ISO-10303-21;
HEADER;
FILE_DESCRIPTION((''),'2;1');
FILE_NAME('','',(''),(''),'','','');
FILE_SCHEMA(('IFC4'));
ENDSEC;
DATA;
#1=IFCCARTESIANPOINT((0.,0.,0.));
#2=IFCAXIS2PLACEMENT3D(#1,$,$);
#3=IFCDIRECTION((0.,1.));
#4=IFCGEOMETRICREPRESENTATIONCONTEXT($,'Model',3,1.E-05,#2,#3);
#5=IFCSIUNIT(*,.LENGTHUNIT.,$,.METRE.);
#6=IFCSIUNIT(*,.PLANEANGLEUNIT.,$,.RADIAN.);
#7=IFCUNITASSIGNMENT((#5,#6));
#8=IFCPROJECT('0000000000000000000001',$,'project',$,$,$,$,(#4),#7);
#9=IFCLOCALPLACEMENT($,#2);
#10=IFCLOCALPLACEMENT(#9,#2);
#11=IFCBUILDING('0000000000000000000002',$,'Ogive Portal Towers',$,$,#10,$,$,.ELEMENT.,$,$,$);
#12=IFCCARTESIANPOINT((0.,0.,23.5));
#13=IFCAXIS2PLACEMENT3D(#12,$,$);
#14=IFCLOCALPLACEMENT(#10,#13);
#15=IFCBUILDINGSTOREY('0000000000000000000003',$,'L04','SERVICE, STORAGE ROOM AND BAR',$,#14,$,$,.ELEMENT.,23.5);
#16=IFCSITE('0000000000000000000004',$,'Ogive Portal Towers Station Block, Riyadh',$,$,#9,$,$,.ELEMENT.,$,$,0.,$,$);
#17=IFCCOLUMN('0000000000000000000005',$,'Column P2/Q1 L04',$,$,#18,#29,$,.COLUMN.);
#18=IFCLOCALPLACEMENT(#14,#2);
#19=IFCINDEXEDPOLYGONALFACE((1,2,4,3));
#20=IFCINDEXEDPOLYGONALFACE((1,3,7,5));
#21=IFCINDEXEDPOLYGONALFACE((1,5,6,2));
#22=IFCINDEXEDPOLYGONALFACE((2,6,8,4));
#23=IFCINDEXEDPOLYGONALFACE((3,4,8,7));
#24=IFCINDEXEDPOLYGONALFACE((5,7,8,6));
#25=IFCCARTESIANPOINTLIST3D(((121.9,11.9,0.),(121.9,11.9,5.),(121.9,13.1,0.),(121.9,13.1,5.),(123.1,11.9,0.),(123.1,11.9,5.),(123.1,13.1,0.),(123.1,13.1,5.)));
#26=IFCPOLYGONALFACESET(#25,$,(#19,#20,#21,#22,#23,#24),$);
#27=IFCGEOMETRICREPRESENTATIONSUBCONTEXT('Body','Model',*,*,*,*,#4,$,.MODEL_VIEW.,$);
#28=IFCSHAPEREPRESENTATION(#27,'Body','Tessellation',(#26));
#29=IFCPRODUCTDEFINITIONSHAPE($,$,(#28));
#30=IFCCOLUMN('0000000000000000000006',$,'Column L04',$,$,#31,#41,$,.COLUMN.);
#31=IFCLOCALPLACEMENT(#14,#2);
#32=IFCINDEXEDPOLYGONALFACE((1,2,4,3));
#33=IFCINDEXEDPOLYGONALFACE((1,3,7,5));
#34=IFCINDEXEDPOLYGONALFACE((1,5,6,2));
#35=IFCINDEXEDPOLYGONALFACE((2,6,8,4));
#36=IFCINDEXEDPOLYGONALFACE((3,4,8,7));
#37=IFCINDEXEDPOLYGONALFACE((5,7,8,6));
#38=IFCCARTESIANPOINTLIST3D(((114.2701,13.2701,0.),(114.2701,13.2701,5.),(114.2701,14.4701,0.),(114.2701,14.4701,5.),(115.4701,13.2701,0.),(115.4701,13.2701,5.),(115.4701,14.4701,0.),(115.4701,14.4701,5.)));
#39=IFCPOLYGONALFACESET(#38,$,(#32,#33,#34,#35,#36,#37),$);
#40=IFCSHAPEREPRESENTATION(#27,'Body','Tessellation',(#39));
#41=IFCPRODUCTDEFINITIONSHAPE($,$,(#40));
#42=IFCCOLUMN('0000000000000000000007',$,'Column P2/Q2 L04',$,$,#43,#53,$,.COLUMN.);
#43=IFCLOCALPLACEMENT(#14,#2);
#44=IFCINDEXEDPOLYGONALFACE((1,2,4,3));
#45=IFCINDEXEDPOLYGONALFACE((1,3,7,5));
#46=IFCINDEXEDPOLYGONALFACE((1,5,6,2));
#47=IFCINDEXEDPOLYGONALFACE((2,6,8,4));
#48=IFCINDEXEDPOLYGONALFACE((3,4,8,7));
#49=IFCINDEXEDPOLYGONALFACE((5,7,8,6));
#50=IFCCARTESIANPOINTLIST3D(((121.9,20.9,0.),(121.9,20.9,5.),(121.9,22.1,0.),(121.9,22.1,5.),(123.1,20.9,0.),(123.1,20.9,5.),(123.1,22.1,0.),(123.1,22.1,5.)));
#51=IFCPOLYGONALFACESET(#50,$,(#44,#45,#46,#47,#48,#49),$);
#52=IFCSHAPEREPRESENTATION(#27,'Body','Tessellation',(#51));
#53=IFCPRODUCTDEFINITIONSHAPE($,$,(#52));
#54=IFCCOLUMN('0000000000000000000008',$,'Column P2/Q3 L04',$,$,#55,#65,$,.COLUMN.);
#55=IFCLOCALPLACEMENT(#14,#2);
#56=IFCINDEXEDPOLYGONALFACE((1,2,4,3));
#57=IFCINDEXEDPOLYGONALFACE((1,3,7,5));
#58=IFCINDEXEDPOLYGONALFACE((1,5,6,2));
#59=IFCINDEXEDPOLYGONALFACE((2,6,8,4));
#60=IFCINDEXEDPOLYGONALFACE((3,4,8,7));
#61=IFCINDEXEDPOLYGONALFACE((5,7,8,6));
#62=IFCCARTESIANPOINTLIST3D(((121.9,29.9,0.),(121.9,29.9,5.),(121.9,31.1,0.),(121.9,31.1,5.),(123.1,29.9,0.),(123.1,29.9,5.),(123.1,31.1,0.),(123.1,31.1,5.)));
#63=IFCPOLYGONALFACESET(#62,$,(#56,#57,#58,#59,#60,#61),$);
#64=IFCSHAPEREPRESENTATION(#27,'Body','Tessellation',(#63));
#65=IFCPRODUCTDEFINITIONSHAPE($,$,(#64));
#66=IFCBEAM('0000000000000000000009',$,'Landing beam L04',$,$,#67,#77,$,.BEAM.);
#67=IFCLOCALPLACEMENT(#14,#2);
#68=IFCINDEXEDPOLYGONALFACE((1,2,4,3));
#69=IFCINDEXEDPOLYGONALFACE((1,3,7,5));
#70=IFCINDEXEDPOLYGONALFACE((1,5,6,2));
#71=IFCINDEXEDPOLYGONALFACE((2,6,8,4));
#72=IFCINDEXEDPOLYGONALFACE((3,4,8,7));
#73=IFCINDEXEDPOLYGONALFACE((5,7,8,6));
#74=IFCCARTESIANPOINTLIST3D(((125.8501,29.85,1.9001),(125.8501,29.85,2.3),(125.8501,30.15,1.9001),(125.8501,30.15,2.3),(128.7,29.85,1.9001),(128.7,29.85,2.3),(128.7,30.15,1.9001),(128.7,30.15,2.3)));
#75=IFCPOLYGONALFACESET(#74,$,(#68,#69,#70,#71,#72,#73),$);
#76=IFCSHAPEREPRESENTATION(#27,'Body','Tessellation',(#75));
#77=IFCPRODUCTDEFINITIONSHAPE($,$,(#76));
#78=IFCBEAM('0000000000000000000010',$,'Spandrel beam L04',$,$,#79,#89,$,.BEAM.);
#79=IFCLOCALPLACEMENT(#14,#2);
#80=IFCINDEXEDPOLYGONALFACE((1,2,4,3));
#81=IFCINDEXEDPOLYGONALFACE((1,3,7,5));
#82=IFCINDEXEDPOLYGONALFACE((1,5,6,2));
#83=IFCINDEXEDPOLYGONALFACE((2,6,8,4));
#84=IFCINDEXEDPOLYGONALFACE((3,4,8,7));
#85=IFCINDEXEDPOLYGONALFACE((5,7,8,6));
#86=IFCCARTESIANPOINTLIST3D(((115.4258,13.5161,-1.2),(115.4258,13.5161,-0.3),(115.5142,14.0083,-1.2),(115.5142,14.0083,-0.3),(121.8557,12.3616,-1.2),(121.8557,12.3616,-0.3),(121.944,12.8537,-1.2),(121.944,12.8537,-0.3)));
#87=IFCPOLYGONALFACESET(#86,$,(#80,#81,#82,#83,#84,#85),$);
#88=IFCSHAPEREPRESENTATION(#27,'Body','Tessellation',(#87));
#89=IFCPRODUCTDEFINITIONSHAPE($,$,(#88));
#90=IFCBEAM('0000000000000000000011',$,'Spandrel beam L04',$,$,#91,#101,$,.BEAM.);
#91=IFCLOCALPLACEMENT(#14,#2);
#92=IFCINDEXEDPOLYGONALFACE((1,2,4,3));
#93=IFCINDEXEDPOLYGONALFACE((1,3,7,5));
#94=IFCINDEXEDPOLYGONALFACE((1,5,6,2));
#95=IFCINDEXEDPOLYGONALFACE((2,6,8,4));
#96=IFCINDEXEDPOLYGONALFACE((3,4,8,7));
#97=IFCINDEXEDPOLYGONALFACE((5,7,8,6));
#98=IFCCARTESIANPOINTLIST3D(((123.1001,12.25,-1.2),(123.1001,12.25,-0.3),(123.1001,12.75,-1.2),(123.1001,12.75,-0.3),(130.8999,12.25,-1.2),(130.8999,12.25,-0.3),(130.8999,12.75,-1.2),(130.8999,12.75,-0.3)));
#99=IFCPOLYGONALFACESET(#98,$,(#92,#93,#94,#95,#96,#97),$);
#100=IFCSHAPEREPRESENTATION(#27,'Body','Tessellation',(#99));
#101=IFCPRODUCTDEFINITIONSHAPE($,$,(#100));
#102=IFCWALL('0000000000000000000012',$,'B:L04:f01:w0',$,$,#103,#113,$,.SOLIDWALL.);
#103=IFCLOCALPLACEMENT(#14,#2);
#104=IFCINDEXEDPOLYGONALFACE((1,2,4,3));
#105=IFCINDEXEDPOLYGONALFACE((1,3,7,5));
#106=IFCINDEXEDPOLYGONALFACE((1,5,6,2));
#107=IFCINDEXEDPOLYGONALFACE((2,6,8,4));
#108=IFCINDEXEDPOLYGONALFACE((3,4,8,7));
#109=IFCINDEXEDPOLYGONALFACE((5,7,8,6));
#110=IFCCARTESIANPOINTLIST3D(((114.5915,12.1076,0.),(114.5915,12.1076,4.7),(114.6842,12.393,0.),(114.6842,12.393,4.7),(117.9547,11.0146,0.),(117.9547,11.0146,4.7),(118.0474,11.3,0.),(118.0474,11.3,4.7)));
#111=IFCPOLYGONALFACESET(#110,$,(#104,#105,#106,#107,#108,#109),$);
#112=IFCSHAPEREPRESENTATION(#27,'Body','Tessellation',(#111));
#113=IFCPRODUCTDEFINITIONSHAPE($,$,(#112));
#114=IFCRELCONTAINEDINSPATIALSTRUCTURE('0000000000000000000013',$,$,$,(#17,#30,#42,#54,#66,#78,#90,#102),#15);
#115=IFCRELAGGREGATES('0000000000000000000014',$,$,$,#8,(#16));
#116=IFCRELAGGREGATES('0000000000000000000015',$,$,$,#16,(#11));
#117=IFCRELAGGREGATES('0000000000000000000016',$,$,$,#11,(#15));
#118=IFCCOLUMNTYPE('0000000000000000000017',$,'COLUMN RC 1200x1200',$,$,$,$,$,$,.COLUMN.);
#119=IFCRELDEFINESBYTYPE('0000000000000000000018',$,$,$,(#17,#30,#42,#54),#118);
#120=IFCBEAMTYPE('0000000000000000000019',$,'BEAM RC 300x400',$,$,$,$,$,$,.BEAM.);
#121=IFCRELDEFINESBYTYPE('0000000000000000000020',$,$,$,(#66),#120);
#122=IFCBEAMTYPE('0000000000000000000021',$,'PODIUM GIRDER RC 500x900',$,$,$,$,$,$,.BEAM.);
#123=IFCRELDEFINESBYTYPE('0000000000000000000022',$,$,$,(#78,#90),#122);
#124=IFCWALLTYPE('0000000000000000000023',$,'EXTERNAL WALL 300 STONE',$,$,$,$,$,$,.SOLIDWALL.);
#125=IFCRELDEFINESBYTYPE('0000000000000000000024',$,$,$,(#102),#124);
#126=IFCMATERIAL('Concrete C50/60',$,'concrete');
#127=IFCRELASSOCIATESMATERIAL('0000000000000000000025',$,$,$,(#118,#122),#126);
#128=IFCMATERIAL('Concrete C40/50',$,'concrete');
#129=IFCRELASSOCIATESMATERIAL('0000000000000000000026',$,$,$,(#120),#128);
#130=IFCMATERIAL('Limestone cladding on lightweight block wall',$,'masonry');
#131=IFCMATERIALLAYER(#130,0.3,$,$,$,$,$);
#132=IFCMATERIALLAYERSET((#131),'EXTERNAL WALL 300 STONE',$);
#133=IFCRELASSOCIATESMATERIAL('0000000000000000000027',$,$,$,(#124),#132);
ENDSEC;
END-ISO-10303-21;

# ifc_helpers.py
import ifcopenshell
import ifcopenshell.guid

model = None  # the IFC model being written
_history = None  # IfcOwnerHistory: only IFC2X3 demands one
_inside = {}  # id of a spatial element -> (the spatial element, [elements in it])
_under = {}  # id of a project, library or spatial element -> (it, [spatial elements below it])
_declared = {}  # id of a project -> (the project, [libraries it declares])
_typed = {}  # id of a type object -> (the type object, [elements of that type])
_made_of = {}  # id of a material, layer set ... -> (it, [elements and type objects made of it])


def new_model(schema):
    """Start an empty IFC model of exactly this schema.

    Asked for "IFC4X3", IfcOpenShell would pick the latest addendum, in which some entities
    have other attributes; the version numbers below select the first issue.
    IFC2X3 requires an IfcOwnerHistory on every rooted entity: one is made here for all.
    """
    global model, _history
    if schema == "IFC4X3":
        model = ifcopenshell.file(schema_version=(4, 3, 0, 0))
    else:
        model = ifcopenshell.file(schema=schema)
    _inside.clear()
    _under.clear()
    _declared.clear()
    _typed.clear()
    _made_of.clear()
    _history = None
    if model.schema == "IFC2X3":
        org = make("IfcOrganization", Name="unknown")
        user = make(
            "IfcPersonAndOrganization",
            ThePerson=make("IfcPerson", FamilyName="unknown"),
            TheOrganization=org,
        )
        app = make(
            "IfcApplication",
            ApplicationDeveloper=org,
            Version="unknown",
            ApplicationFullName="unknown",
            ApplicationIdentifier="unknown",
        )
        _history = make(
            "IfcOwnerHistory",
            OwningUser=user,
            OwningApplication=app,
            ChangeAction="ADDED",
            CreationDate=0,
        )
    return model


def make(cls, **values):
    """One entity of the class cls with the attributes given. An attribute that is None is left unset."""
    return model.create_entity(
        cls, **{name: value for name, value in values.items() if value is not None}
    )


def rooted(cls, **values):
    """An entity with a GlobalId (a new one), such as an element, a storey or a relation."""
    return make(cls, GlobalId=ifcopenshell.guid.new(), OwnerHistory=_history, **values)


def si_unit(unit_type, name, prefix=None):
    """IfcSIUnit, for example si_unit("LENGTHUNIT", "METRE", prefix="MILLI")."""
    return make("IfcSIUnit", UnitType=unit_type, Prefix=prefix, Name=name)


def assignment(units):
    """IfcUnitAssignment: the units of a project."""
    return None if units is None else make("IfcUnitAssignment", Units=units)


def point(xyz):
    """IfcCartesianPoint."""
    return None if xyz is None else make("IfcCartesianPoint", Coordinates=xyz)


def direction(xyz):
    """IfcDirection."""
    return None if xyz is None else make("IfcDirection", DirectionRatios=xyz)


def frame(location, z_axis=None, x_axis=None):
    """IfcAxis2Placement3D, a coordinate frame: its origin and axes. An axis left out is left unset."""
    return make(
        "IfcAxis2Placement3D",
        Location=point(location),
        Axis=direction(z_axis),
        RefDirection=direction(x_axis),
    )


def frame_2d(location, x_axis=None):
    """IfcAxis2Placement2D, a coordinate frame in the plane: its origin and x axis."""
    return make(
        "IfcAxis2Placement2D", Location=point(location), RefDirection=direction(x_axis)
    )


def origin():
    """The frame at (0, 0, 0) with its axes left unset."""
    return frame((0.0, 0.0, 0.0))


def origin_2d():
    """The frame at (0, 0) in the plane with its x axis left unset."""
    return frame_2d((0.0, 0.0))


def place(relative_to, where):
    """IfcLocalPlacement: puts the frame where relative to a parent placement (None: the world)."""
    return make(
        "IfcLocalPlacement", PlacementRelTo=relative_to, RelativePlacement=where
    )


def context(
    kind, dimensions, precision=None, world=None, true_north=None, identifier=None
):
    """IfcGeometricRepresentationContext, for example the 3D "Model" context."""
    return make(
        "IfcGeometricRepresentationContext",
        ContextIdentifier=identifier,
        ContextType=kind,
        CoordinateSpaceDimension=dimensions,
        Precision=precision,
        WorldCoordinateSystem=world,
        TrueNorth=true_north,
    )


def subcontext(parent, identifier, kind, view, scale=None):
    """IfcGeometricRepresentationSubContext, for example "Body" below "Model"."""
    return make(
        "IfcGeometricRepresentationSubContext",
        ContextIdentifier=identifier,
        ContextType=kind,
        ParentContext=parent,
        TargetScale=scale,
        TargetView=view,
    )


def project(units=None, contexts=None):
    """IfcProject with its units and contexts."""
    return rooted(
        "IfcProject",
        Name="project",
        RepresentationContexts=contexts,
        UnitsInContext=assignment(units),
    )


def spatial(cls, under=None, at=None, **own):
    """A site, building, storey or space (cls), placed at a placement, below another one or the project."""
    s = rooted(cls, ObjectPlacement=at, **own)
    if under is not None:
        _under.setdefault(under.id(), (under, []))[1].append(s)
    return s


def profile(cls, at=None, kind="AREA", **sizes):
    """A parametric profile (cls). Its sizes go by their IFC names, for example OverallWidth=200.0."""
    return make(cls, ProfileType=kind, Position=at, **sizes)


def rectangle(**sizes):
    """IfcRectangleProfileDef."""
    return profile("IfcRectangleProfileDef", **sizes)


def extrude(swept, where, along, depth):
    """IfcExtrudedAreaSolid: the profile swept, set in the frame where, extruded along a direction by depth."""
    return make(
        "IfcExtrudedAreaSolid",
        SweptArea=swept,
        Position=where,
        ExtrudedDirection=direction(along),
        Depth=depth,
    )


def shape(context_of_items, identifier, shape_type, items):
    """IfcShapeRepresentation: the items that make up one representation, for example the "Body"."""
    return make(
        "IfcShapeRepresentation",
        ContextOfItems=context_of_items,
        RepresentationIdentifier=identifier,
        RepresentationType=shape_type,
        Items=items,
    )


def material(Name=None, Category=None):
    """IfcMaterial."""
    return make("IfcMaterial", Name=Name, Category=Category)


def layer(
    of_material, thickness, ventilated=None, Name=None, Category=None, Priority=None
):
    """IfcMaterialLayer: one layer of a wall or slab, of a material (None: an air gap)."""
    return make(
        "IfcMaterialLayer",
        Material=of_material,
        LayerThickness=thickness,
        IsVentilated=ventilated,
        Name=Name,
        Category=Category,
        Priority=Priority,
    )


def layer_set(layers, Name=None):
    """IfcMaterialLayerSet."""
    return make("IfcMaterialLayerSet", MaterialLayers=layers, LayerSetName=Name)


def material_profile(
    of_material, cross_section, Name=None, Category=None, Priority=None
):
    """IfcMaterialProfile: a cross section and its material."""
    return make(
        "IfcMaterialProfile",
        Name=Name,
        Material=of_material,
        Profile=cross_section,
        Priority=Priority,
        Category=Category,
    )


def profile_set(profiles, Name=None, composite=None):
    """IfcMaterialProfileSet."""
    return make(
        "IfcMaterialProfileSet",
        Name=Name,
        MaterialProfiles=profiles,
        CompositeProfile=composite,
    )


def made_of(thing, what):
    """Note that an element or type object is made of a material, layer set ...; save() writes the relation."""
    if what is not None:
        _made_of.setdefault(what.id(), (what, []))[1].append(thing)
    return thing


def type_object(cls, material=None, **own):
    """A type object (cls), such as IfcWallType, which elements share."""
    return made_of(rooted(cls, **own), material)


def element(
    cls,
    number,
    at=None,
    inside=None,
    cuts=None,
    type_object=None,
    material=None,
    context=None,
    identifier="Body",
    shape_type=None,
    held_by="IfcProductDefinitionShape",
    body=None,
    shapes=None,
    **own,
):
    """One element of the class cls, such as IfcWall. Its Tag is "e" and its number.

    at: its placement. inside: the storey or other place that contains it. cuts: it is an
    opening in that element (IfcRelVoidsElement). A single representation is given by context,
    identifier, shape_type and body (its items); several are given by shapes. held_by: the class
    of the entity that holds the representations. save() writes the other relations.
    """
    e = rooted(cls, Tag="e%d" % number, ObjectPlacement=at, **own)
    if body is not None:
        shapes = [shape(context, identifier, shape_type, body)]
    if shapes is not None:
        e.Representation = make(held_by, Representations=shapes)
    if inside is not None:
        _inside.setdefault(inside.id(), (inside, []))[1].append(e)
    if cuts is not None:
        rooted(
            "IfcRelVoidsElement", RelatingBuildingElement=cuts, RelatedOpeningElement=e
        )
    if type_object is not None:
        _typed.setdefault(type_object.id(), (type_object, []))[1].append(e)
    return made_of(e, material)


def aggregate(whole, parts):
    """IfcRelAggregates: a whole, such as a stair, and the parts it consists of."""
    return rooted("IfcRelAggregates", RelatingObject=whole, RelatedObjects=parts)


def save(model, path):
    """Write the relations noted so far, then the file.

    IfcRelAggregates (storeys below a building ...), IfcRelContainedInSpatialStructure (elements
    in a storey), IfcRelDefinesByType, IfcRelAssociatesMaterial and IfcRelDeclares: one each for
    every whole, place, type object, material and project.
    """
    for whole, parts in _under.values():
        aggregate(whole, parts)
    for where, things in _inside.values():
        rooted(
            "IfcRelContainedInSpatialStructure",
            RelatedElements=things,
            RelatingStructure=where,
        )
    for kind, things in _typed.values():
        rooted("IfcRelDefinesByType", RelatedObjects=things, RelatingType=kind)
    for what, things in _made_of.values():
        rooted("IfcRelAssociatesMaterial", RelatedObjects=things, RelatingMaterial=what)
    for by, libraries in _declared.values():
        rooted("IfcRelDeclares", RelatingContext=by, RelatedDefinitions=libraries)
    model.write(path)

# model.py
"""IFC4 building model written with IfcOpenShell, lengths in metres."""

from ifc_helpers import new_model, si_unit, direction, frame, frame_2d, origin, origin_2d, place, context, subcontext, project, spatial, rectangle, extrude, material, layer, layer_set, material_profile, profile_set, type_object, element, save


model = new_model("IFC4")

# Units and contexts
model_context = context("Model", 3, precision=1e-05, world=origin(), true_north=direction((0.0, 1.0)))
body_context = subcontext(model_context, "Body", "Model", "MODEL_VIEW")
ifc_project = project(units=[si_unit("LENGTHUNIT", "METRE"), si_unit("PLANEANGLEUNIT", "RADIAN")], contexts=[model_context])

# Site, building, storey
site_placement = place(None, origin())
site = spatial("IfcSite", under=ifc_project, at=site_placement, Name="Ogive Portal Towers Station Block, Riyadh", CompositionType="ELEMENT", RefElevation=0.0)
building_placement = place(site_placement, origin())
building = spatial("IfcBuilding", under=site, at=building_placement, Name="Ogive Portal Towers", CompositionType="ELEMENT")
storey_placement = place(building_placement, frame((0.0, 0.0, 23.5)))
storey = spatial("IfcBuildingStorey", under=building, at=storey_placement, Name="L04", Description="SERVICE, STORAGE ROOM AND BAR", CompositionType="ELEMENT", Elevation=23.5)

# Columns
ifc_material_1 = material(Name="Concrete C50/60", Category="concrete")
ifc_material_profile_1 = material_profile(ifc_material_1, rectangle(XDim=1.2, YDim=1.2, at=origin_2d()), Name="RC 1200x1200")
ifc_profile_set_1 = profile_set([ifc_material_profile_1], Name="Concrete C50/60")
column_type = type_object("IfcColumnType", Name="COLUMN RC 1200x1200", PredefinedType="COLUMN", material=ifc_profile_set_1)
for number, where, z_axis, x_axis, name in (
    (1, (122.5, 12.5, 0.0), (0.0, 0.0, 1.0), (1.0, 0.0, 0.0), "Column P2/Q1 L04"),
    (2, (114.8701, 13.8701, 0.0), (0.0, 0.0, 1.0), (1.0, 0.0, 0.0), "Column L04"),
    (3, (122.5, 21.5, 0.0), (0.0, 0.0, 1.0), (1.0, 0.0, 0.0), "Column P2/Q2 L04"),
    (4, (122.5, 30.5, 0.0), (0.0, 0.0, 1.0), (1.0, 0.0, 0.0), "Column P2/Q3 L04"),
):
    element("IfcColumn", number, at=place(storey_placement, frame(where, z_axis=z_axis, x_axis=x_axis)), inside=storey, type_object=column_type, Name=name, PredefinedType="COLUMN", context=body_context, shape_type="SweptSolid", body=[
        extrude(rectangle(XDim=1.2, YDim=1.2, at=origin_2d()), origin(), (0.0, 0.0, 1.0), 5.0),
    ])

# Beams
ifc_material_2 = material(Name="Concrete C40/50", Category="concrete")
ifc_material_profile_2 = material_profile(ifc_material_2, rectangle(XDim=0.3, YDim=0.3999, at=origin_2d()), Name="RC 300x400")
ifc_profile_set_2 = profile_set([ifc_material_profile_2], Name="Concrete C40/50")
beam_type_1 = type_object("IfcBeamType", Name="BEAM RC 300x400", PredefinedType="BEAM", material=ifc_profile_set_2)
beam_1_placement = place(storey_placement, frame((125.8501, 30.0, 2.1001), z_axis=(1.0, 0.0, 0.0), x_axis=(0.0, 1.0, 0.0)))
element("IfcBeam", 5, at=beam_1_placement, inside=storey, type_object=beam_type_1, Name="Landing beam L04", PredefinedType="BEAM", context=body_context, shape_type="SweptSolid", body=[
    extrude(rectangle(XDim=0.3, YDim=0.3999, at=origin_2d()), origin(), (0.0, 0.0, 1.0), 2.8499),
])
ifc_material_profile_3 = material_profile(ifc_material_1, rectangle(XDim=0.5, YDim=0.8999, at=origin_2d()), Name="RC 500x900")
ifc_profile_set_3 = profile_set([ifc_material_profile_3], Name="Concrete C50/60")
beam_type_2 = type_object("IfcBeamType", Name="PODIUM GIRDER RC 500x900", PredefinedType="BEAM", material=ifc_profile_set_3)
beam_2_placement = place(storey_placement, frame((115.47, 13.7622, -0.75), z_axis=(0.984259, -0.176731, 0.0), x_axis=(0.176731, 0.984259, 0.0)))
element("IfcBeam", 6, at=beam_2_placement, inside=storey, type_object=beam_type_2, Name="Spandrel beam L04", PredefinedType="BEAM", context=body_context, shape_type="SweptSolid", body=[
    extrude(rectangle(XDim=0.5, YDim=0.8999, at=origin_2d()), origin(), (0.0, 0.0, 1.0), 6.5327),
])
beam_3_placement = place(storey_placement, frame((123.1001, 12.5, -0.75), z_axis=(1.0, 0.0, 0.0), x_axis=(0.0, 1.0, 0.0)))
element("IfcBeam", 7, at=beam_3_placement, inside=storey, type_object=beam_type_2, Name="Spandrel beam L04", PredefinedType="BEAM", context=body_context, shape_type="SweptSolid", body=[
    extrude(rectangle(XDim=0.5, YDim=0.8999, at=origin_2d()), origin(), (0.0, 0.0, 1.0), 7.7998),
])

# Wall
ifc_material_3 = material(Name="Limestone cladding on lightweight block wall", Category="masonry")
ifc_layer_1 = layer(ifc_material_3, 0.3)
ifc_layer_set_1 = layer_set([ifc_layer_1], Name="EXTERNAL WALL 300 STONE")
wall_type_1 = type_object("IfcWallType", Name="EXTERNAL WALL 300 STONE", PredefinedType="SOLIDWALL", material=ifc_layer_set_1)
wall_1_placement = place(storey_placement, frame((114.6379, 12.2502, 0.0), z_axis=(0.0, 0.0, 1.0), x_axis=(0.951038, -0.309074, 0.0)))
element("IfcWall", 8, at=wall_1_placement, inside=storey, type_object=wall_type_1, Name="B:L04:f01:w0", PredefinedType="SOLIDWALL", context=body_context, shape_type="SweptSolid", body=[
    extrude(rectangle(XDim=3.5364, YDim=0.3, at=frame_2d((1.7681, 0.0))), origin(), (0.0, 0.0, 1.0), 4.7),
])

save(model, "model.ifc")
